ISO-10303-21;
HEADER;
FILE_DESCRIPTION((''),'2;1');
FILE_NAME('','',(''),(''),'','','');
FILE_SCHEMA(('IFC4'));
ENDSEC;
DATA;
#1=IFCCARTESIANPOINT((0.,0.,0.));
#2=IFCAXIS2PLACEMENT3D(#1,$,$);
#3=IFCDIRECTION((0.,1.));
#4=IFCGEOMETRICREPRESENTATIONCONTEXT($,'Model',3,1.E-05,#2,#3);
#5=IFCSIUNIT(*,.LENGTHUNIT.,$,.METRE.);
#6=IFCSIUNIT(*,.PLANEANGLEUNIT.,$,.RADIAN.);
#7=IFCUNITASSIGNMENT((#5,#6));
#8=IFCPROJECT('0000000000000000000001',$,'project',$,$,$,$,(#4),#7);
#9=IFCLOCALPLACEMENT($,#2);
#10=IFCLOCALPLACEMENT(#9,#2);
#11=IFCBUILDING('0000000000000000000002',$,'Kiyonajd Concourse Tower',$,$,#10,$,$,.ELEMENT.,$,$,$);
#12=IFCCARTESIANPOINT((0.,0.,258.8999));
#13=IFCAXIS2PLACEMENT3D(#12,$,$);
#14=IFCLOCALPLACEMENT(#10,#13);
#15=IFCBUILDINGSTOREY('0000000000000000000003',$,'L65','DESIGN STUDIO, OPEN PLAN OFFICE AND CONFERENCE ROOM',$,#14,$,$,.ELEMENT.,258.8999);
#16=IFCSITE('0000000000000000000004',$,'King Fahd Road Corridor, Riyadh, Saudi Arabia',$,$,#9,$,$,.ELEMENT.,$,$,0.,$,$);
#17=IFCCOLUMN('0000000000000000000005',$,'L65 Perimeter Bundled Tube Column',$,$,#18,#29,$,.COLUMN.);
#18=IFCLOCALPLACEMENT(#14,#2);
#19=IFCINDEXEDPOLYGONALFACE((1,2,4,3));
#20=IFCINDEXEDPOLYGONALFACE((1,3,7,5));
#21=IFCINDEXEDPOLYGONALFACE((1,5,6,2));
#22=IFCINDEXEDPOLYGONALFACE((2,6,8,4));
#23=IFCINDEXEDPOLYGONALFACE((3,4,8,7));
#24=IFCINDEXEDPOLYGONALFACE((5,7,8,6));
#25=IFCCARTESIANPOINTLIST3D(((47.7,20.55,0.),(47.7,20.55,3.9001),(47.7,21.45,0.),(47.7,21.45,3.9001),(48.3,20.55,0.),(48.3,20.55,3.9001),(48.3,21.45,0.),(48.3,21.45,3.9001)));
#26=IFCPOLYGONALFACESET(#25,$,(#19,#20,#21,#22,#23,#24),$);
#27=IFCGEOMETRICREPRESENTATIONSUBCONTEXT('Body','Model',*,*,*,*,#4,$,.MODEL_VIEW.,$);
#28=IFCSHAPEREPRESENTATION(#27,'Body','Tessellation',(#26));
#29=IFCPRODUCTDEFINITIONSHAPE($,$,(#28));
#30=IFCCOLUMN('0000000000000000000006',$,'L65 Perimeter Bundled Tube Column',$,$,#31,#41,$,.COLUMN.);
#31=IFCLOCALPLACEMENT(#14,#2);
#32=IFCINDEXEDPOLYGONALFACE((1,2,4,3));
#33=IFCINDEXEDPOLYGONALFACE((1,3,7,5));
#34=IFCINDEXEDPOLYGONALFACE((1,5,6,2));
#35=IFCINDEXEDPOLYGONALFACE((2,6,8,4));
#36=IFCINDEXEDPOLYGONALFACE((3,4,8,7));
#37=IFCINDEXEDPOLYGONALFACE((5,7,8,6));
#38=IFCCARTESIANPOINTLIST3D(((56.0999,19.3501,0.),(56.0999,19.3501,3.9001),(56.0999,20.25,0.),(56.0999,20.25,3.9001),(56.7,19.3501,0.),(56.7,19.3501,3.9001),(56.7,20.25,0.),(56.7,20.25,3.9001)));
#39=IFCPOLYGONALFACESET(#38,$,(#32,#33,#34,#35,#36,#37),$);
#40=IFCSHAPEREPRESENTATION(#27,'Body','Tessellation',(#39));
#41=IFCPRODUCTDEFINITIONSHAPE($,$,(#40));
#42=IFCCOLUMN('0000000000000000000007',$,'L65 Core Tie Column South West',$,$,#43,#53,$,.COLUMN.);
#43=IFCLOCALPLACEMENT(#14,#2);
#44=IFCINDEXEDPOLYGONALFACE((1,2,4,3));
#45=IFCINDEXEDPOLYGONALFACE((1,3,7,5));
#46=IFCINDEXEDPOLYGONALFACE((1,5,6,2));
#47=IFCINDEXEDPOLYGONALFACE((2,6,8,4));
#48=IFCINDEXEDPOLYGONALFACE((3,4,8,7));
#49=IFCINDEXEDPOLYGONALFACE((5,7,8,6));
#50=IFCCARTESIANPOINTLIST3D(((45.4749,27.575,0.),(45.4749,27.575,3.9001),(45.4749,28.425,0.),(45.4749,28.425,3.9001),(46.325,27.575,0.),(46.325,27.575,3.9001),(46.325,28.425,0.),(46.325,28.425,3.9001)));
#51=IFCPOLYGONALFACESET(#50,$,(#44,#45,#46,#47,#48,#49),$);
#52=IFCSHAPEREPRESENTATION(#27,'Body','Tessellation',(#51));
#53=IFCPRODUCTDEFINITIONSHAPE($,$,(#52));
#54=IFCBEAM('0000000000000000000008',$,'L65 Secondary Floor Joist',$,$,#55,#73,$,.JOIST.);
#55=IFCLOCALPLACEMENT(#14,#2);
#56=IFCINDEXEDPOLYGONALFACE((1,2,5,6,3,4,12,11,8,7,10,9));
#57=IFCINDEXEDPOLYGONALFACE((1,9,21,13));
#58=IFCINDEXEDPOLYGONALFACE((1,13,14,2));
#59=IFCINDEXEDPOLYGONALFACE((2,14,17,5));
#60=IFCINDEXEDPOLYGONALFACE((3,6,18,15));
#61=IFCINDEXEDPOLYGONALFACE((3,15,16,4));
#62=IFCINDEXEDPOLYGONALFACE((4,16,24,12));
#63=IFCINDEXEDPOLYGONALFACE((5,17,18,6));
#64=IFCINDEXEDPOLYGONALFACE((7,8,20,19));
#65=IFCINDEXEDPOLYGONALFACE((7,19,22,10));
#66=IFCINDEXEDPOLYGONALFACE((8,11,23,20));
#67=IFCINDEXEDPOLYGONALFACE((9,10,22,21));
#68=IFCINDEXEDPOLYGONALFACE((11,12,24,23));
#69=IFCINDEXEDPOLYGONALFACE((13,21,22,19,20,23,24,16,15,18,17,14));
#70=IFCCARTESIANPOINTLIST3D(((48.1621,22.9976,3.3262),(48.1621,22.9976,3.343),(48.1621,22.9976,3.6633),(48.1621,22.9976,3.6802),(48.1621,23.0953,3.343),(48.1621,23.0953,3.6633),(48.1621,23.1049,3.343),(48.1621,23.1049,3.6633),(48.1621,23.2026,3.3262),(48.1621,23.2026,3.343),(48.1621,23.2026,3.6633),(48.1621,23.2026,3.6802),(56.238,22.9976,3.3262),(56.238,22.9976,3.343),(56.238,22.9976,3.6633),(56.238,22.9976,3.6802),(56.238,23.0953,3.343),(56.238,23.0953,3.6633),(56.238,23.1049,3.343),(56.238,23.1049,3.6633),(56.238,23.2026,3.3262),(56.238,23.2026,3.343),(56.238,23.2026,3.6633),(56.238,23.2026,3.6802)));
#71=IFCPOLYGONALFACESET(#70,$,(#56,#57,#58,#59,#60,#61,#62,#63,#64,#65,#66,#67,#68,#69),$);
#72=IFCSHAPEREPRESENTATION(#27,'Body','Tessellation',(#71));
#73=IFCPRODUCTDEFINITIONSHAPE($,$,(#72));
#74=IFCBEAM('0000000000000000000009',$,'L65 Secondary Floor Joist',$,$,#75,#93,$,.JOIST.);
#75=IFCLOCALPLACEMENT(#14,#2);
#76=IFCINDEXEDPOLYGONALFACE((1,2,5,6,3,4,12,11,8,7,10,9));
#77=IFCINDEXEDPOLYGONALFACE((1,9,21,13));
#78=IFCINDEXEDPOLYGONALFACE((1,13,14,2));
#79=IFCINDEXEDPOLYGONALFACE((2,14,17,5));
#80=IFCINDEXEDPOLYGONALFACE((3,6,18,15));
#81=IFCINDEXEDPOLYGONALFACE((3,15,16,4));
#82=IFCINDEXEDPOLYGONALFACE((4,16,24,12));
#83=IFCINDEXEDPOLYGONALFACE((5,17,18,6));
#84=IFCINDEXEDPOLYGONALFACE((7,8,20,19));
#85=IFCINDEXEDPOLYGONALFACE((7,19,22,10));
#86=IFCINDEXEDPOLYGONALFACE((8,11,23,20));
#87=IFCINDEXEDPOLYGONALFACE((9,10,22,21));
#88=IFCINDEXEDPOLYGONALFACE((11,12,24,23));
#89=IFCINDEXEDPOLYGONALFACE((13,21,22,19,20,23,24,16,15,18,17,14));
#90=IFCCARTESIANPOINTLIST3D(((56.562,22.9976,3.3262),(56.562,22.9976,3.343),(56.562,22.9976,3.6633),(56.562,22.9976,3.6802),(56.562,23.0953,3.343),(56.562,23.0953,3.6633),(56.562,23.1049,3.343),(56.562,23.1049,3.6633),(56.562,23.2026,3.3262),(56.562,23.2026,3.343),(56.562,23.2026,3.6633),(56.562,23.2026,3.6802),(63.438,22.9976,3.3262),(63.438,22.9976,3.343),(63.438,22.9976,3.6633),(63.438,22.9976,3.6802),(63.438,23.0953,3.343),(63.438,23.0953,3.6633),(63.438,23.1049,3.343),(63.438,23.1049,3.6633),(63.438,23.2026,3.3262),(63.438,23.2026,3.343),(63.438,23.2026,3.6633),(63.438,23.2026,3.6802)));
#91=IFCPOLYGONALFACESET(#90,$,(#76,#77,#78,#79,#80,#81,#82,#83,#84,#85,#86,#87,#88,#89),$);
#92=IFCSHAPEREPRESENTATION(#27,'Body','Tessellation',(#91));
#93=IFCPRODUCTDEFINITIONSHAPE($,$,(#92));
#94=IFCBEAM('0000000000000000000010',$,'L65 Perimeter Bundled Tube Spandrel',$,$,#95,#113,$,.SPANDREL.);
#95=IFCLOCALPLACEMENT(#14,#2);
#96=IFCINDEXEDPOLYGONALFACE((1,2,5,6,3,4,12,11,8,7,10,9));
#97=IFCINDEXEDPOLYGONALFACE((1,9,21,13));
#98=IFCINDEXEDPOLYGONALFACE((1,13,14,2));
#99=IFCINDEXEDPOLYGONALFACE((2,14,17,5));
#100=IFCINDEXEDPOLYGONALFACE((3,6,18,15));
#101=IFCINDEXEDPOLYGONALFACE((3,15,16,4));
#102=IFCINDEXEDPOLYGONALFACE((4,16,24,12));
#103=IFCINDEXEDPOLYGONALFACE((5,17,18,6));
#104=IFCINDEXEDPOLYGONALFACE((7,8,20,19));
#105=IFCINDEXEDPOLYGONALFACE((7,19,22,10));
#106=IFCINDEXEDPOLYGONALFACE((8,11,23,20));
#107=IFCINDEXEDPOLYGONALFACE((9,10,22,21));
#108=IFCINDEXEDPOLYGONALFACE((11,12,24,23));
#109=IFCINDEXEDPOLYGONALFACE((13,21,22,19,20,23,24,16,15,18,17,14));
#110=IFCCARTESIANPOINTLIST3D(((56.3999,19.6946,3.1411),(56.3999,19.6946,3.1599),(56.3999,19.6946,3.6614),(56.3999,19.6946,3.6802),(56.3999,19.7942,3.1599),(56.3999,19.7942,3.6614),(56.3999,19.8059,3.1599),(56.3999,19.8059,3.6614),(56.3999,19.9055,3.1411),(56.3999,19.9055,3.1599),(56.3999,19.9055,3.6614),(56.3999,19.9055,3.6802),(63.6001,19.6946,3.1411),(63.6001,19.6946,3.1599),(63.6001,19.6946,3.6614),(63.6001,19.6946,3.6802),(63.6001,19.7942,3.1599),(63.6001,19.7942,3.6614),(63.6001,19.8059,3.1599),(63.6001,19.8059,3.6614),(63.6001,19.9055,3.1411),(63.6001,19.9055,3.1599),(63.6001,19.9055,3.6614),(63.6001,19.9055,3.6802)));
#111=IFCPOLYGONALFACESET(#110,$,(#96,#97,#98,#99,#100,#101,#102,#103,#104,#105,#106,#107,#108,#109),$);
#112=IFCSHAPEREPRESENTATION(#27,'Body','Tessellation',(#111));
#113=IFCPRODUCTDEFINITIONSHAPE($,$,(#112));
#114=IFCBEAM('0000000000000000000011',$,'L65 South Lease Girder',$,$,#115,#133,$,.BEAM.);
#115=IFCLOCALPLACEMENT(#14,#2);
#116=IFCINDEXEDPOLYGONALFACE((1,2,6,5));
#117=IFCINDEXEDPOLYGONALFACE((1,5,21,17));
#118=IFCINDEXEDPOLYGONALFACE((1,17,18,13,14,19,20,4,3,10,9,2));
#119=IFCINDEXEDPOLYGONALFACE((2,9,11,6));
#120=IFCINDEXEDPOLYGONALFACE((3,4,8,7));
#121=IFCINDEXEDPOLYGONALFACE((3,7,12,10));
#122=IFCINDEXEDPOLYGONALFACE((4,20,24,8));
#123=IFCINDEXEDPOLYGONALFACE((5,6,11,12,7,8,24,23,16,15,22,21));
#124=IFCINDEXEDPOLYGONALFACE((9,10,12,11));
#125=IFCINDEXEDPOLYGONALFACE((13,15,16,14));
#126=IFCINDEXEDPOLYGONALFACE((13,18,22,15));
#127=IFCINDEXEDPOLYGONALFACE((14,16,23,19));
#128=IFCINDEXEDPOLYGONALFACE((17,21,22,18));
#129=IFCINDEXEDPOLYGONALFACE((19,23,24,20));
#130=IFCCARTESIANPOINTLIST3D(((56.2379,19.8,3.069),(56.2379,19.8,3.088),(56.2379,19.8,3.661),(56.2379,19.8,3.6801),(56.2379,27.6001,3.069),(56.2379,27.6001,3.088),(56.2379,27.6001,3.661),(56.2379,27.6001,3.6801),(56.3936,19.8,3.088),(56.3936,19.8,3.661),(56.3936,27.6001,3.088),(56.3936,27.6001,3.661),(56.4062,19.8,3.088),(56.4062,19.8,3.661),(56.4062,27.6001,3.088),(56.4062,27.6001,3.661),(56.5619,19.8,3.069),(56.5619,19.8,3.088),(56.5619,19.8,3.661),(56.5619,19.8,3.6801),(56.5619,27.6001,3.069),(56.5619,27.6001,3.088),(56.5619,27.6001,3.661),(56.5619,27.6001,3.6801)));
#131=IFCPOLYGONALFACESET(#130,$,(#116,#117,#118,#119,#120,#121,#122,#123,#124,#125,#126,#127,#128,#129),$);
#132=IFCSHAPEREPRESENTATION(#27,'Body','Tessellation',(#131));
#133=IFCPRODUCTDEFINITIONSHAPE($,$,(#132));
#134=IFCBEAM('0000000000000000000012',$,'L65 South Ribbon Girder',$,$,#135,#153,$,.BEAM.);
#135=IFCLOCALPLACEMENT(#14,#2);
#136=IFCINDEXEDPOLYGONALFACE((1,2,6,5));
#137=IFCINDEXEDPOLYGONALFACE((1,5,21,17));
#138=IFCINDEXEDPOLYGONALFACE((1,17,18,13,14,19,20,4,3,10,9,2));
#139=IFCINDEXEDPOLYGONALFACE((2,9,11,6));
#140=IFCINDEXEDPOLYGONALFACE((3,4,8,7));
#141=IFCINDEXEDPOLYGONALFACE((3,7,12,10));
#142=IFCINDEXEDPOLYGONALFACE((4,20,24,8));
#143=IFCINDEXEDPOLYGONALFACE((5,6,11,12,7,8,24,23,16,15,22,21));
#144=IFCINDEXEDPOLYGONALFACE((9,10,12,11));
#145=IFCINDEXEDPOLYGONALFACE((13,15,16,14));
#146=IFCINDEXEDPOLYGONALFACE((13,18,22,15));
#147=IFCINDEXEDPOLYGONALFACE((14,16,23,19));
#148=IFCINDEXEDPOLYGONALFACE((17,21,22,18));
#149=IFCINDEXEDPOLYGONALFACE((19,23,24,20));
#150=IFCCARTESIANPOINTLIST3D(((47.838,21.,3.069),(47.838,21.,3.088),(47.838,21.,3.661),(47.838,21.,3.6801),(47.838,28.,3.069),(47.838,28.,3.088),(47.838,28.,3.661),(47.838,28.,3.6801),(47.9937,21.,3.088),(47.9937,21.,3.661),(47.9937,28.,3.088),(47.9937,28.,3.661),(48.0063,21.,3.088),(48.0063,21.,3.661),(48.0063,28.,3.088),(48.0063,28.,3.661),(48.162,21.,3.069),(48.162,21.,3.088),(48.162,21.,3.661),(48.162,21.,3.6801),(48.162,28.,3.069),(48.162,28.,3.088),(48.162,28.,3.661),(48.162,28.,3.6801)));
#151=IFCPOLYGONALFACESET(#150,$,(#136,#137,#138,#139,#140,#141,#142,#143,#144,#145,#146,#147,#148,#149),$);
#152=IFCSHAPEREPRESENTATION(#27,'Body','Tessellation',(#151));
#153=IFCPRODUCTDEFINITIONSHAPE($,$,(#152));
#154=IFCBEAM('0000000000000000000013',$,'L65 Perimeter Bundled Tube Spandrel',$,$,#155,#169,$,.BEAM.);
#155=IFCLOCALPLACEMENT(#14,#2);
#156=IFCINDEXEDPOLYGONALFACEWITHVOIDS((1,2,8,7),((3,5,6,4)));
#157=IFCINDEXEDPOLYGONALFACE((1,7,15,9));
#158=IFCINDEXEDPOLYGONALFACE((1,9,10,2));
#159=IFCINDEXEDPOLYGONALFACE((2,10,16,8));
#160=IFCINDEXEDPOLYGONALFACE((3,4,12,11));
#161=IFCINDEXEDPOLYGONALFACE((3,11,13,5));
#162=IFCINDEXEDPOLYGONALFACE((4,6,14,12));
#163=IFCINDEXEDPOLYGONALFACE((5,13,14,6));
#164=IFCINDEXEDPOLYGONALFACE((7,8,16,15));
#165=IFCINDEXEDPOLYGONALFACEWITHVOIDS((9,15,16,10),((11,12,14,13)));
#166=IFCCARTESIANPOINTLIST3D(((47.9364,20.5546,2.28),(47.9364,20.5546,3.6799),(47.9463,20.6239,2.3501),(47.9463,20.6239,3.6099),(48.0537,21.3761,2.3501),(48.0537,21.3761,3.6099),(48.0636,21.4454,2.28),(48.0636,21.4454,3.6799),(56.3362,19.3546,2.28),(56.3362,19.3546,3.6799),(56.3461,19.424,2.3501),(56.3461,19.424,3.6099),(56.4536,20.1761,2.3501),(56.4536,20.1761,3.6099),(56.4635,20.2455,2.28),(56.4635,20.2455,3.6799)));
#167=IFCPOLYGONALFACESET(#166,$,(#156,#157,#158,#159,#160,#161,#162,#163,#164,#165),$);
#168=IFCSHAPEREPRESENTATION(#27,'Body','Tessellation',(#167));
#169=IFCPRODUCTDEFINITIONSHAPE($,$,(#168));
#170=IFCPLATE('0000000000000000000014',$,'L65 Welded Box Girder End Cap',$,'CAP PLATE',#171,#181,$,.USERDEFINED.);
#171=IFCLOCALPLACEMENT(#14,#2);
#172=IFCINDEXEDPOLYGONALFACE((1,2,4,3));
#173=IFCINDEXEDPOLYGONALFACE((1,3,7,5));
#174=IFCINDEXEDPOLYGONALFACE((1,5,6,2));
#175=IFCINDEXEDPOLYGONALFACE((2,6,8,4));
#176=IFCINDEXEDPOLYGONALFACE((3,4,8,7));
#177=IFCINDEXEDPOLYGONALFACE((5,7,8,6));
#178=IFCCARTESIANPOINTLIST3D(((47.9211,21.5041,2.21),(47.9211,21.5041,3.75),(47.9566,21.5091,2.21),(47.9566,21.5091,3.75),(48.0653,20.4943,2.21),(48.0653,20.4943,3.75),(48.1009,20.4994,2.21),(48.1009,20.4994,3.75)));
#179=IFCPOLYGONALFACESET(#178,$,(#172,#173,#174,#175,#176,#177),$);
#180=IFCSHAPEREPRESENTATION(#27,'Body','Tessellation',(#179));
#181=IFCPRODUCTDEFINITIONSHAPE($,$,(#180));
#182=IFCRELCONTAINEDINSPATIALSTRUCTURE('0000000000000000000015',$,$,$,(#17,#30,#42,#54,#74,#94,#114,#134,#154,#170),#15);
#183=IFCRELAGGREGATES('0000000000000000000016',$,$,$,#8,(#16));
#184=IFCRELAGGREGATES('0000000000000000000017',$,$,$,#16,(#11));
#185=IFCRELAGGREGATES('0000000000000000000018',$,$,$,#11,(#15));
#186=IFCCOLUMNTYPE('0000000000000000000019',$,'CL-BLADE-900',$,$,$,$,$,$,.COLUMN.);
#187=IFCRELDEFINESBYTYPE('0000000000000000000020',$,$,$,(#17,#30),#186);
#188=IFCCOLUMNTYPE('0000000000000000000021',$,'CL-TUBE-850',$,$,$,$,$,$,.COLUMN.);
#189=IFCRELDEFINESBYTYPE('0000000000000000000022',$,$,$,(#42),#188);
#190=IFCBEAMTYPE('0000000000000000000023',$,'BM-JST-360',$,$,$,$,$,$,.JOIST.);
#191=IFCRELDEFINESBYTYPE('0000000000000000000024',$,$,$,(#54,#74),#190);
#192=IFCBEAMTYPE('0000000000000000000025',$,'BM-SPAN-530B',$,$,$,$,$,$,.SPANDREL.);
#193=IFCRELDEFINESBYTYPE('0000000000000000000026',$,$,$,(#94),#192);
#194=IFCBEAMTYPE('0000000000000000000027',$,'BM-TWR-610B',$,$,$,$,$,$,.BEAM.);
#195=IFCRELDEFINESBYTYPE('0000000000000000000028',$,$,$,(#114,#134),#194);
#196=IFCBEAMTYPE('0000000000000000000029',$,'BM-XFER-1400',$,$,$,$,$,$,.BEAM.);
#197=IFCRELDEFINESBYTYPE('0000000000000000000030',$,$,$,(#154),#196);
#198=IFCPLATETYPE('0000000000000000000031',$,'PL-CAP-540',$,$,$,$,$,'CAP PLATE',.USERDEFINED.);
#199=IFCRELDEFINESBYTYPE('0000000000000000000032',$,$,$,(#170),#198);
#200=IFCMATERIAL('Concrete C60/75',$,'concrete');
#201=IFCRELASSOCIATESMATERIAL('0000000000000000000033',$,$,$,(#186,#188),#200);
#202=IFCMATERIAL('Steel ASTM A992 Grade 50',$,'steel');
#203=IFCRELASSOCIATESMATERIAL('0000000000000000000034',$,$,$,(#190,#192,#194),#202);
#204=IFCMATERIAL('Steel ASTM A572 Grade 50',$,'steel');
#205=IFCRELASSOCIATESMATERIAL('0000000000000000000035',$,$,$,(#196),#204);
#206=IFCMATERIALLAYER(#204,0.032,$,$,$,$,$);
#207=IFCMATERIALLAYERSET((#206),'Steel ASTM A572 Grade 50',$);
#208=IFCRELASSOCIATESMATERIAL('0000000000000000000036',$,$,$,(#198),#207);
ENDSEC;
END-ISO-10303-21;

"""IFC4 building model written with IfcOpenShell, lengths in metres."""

from ifc_helpers import new_model, si_unit, direction, frame, origin, origin_2d, place, context, subcontext, project, spatial, rectangle, hollow_rectangle, i_section, extrude, material, layer, layer_set, material_profile, profile_set, type_object, element, save


model = new_model("IFC4")

# Units and contexts
model_context = context("Model", 3, precision=1e-05, world=origin(), true_north=direction((0.0, 1.0)))
body_context = subcontext(model_context, "Body", "Model", "MODEL_VIEW")
ifc_project = project(units=[si_unit("LENGTHUNIT", "METRE"), si_unit("PLANEANGLEUNIT", "RADIAN")], contexts=[model_context])

# Site, building, storey
site_placement = place(None, origin())
site = spatial("IfcSite", under=ifc_project, at=site_placement, Name="King Fahd Road Corridor, Riyadh, Saudi Arabia", CompositionType="ELEMENT", RefElevation=0.0)
building_placement = place(site_placement, origin())
building = spatial("IfcBuilding", under=site, at=building_placement, Name="Kiyonajd Concourse Tower", CompositionType="ELEMENT")
storey_placement = place(building_placement, frame((0.0, 0.0, 258.8999)))
storey = spatial("IfcBuildingStorey", under=building, at=storey_placement, Name="L65", Description="DESIGN STUDIO, OPEN PLAN OFFICE AND CONFERENCE ROOM", CompositionType="ELEMENT", Elevation=258.8999)

# Columns
ifc_material_1 = material(Name="Concrete C60/75", Category="concrete")
ifc_material_profile_1 = material_profile(ifc_material_1, rectangle(XDim=0.6001, YDim=0.8999, at=origin_2d()), Name="RC-900x600")
ifc_profile_set_1 = profile_set([ifc_material_profile_1], Name="Concrete C60/75")
column_type_1 = type_object("IfcColumnType", Name="CL-BLADE-900", PredefinedType="COLUMN", material=ifc_profile_set_1)
for number, where, z_axis, x_axis, name in (
    (1, (48.0, 21.0, 0.0), (0.0, 0.0, 1.0), (1.0, 0.0, 0.0), "L65 Perimeter Bundled Tube Column"),
    (2, (56.3999, 19.8, 0.0), (0.0, 0.0, 1.0), (1.0, 0.0, 0.0), "L65 Perimeter Bundled Tube Column"),
):
    element("IfcColumn", number, at=place(storey_placement, frame(where, z_axis=z_axis, x_axis=x_axis)), inside=storey, type_object=column_type_1, Name=name, PredefinedType="COLUMN", context=body_context, shape_type="SweptSolid", body=[
        extrude(rectangle(XDim=0.6001, YDim=0.8999, at=origin_2d()), origin(), (0.0, 0.0, 1.0), 3.9001),
    ])
ifc_material_profile_2 = material_profile(ifc_material_1, rectangle(XDim=0.8501, YDim=0.8501, at=origin_2d()), Name="RC-850x850")
ifc_profile_set_2 = profile_set([ifc_material_profile_2], Name="Concrete C60/75")
column_type_2 = type_object("IfcColumnType", Name="CL-TUBE-850", PredefinedType="COLUMN", material=ifc_profile_set_2)
column_placement = place(storey_placement, frame((45.8999, 28.0, 0.0), z_axis=(0.0, 0.0, 1.0), x_axis=(1.0, 0.0, 0.0)))
element("IfcColumn", 3, at=column_placement, inside=storey, type_object=column_type_2, Name="L65 Core Tie Column South West", PredefinedType="COLUMN", context=body_context, shape_type="SweptSolid", body=[
    extrude(rectangle(XDim=0.8501, YDim=0.8501, at=origin_2d()), origin(), (0.0, 0.0, 1.0), 3.9001),
])

# Beams
ifc_material_2 = material(Name="Steel ASTM A992 Grade 50", Category="steel")
ifc_material_profile_3 = material_profile(ifc_material_2, i_section(OverallWidth=0.2051, OverallDepth=0.354, WebThickness=0.0095, FlangeThickness=0.0168, at=origin_2d()), Name="W360X79")
ifc_profile_set_3 = profile_set([ifc_material_profile_3], Name="Steel ASTM A992 Grade 50")
beam_type_1 = type_object("IfcBeamType", Name="BM-JST-360", PredefinedType="JOIST", material=ifc_profile_set_3)
beam_1_placement = place(storey_placement, frame((48.1621, 23.1001, 3.5032), z_axis=(1.0, 0.0, 0.0), x_axis=(0.0, 1.0, 0.0)))
element("IfcBeam", 4, at=beam_1_placement, inside=storey, type_object=beam_type_1, Name="L65 Secondary Floor Joist", PredefinedType="JOIST", context=body_context, shape_type="SweptSolid", body=[
    extrude(i_section(OverallWidth=0.2051, OverallDepth=0.354, WebThickness=0.0095, FlangeThickness=0.0168, at=origin_2d()), origin(), (0.0, 0.0, 1.0), 8.0759),
])
beam_2_placement = place(storey_placement, frame((56.562, 23.1001, 3.5032), z_axis=(1.0, 0.0, 0.0), x_axis=(0.0, 1.0, 0.0)))
element("IfcBeam", 5, at=beam_2_placement, inside=storey, type_object=beam_type_1, Name="L65 Secondary Floor Joist", PredefinedType="JOIST", context=body_context, shape_type="SweptSolid", body=[
    extrude(i_section(OverallWidth=0.2051, OverallDepth=0.354, WebThickness=0.0095, FlangeThickness=0.0168, at=origin_2d()), origin(), (0.0, 0.0, 1.0), 6.876),
])
ifc_material_profile_4 = material_profile(ifc_material_2, i_section(OverallWidth=0.2109, OverallDepth=0.5391, WebThickness=0.0117, FlangeThickness=0.0188, at=origin_2d()), Name="W530X109")
ifc_profile_set_4 = profile_set([ifc_material_profile_4], Name="Steel ASTM A992 Grade 50")
beam_type_2 = type_object("IfcBeamType", Name="BM-SPAN-530B", PredefinedType="SPANDREL", material=ifc_profile_set_4)
beam_3_placement = place(storey_placement, frame((56.3999, 19.8, 3.4106), z_axis=(1.0, 0.0, 0.0), x_axis=(0.0, 1.0, 0.0)))
element("IfcBeam", 6, at=beam_3_placement, inside=storey, type_object=beam_type_2, Name="L65 Perimeter Bundled Tube Spandrel", PredefinedType="SPANDREL", context=body_context, shape_type="SweptSolid", body=[
    extrude(i_section(OverallWidth=0.2109, OverallDepth=0.5391, WebThickness=0.0117, FlangeThickness=0.0188, at=origin_2d()), origin(), (0.0, 0.0, 1.0), 7.2002),
])
ifc_material_profile_5 = material_profile(ifc_material_2, i_section(OverallWidth=0.324, OverallDepth=0.6111, WebThickness=0.0127, FlangeThickness=0.019, at=origin_2d()), Name="W610X155")
ifc_profile_set_5 = profile_set([ifc_material_profile_5], Name="Steel ASTM A992 Grade 50")
beam_type_3 = type_object("IfcBeamType", Name="BM-TWR-610B", PredefinedType="BEAM", material=ifc_profile_set_5)
beam_4_placement = place(storey_placement, frame((56.3999, 19.8, 3.3745), z_axis=(0.0, 1.0, 0.0), x_axis=(-1.0, 0.0, 0.0)))
element("IfcBeam", 7, at=beam_4_placement, inside=storey, type_object=beam_type_3, Name="L65 South Lease Girder", PredefinedType="BEAM", context=body_context, shape_type="SweptSolid", body=[
    extrude(i_section(OverallWidth=0.324, OverallDepth=0.6111, WebThickness=0.0127, FlangeThickness=0.019, at=origin_2d()), origin(), (0.0, 0.0, 1.0), 7.8),
])
beam_5_placement = place(storey_placement, frame((48.0, 21.0, 3.3745), z_axis=(0.0, 1.0, 0.0), x_axis=(-1.0, 0.0, 0.0)))
element("IfcBeam", 8, at=beam_5_placement, inside=storey, type_object=beam_type_3, Name="L65 South Ribbon Girder", PredefinedType="BEAM", context=body_context, shape_type="SweptSolid", body=[
    extrude(i_section(OverallWidth=0.324, OverallDepth=0.6111, WebThickness=0.0127, FlangeThickness=0.019, at=origin_2d()), origin(), (0.0, 0.0, 1.0), 7.0),
])
ifc_material_3 = material(Name="Steel ASTM A572 Grade 50", Category="steel")
ifc_material_profile_6 = material_profile(ifc_material_3, hollow_rectangle(XDim=0.8999, YDim=1.3999, WallThickness=0.0701, at=origin_2d()), Name="BOX-1400x900x70")
ifc_profile_set_6 = profile_set([ifc_material_profile_6], Name="Steel ASTM A572 Grade 50")
beam_type_4 = type_object("IfcBeamType", Name="BM-XFER-1400", PredefinedType="BEAM", material=ifc_profile_set_6)
beam_6_placement = place(storey_placement, frame((48.0, 21.0, 2.98), z_axis=(0.98995, -0.141417, 0.0), x_axis=(0.141417, 0.98995, 0.0)))
element("IfcBeam", 9, at=beam_6_placement, inside=storey, type_object=beam_type_4, Name="L65 Perimeter Bundled Tube Spandrel", PredefinedType="BEAM", context=body_context, shape_type="SweptSolid", body=[
    extrude(hollow_rectangle(XDim=0.8999, YDim=1.3999, WallThickness=0.0701, at=origin_2d()), origin(), (0.0, 0.0, 1.0), 8.4851),
])

# Plate
ifc_layer_1 = layer(ifc_material_3, 0.032)
ifc_layer_set_1 = layer_set([ifc_layer_1], Name="Steel ASTM A572 Grade 50")
plate_type_1 = type_object("IfcPlateType", Name="PL-CAP-540", ElementType="CAP PLATE", PredefinedType="USERDEFINED", material=ifc_layer_set_1)
for number, where, z_axis, x_axis, name in (
    (10, (48.011, 21.0017, 2.21), (0.0, 0.0, 1.0), (0.98995, 0.14142, 0.0), "L65 Welded Box Girder End Cap"),
):
    element("IfcPlate", number, at=place(storey_placement, frame(where, z_axis=z_axis, x_axis=x_axis)), inside=storey, type_object=plate_type_1, Name=name, ObjectType="CAP PLATE", PredefinedType="USERDEFINED", context=body_context, shape_type="SweptSolid", body=[
        extrude(rectangle(XDim=0.0359, YDim=1.02, at=origin_2d()), origin(), (0.0, 0.0, 1.0), 1.54),
    ])

save(model, "model.ifc")
